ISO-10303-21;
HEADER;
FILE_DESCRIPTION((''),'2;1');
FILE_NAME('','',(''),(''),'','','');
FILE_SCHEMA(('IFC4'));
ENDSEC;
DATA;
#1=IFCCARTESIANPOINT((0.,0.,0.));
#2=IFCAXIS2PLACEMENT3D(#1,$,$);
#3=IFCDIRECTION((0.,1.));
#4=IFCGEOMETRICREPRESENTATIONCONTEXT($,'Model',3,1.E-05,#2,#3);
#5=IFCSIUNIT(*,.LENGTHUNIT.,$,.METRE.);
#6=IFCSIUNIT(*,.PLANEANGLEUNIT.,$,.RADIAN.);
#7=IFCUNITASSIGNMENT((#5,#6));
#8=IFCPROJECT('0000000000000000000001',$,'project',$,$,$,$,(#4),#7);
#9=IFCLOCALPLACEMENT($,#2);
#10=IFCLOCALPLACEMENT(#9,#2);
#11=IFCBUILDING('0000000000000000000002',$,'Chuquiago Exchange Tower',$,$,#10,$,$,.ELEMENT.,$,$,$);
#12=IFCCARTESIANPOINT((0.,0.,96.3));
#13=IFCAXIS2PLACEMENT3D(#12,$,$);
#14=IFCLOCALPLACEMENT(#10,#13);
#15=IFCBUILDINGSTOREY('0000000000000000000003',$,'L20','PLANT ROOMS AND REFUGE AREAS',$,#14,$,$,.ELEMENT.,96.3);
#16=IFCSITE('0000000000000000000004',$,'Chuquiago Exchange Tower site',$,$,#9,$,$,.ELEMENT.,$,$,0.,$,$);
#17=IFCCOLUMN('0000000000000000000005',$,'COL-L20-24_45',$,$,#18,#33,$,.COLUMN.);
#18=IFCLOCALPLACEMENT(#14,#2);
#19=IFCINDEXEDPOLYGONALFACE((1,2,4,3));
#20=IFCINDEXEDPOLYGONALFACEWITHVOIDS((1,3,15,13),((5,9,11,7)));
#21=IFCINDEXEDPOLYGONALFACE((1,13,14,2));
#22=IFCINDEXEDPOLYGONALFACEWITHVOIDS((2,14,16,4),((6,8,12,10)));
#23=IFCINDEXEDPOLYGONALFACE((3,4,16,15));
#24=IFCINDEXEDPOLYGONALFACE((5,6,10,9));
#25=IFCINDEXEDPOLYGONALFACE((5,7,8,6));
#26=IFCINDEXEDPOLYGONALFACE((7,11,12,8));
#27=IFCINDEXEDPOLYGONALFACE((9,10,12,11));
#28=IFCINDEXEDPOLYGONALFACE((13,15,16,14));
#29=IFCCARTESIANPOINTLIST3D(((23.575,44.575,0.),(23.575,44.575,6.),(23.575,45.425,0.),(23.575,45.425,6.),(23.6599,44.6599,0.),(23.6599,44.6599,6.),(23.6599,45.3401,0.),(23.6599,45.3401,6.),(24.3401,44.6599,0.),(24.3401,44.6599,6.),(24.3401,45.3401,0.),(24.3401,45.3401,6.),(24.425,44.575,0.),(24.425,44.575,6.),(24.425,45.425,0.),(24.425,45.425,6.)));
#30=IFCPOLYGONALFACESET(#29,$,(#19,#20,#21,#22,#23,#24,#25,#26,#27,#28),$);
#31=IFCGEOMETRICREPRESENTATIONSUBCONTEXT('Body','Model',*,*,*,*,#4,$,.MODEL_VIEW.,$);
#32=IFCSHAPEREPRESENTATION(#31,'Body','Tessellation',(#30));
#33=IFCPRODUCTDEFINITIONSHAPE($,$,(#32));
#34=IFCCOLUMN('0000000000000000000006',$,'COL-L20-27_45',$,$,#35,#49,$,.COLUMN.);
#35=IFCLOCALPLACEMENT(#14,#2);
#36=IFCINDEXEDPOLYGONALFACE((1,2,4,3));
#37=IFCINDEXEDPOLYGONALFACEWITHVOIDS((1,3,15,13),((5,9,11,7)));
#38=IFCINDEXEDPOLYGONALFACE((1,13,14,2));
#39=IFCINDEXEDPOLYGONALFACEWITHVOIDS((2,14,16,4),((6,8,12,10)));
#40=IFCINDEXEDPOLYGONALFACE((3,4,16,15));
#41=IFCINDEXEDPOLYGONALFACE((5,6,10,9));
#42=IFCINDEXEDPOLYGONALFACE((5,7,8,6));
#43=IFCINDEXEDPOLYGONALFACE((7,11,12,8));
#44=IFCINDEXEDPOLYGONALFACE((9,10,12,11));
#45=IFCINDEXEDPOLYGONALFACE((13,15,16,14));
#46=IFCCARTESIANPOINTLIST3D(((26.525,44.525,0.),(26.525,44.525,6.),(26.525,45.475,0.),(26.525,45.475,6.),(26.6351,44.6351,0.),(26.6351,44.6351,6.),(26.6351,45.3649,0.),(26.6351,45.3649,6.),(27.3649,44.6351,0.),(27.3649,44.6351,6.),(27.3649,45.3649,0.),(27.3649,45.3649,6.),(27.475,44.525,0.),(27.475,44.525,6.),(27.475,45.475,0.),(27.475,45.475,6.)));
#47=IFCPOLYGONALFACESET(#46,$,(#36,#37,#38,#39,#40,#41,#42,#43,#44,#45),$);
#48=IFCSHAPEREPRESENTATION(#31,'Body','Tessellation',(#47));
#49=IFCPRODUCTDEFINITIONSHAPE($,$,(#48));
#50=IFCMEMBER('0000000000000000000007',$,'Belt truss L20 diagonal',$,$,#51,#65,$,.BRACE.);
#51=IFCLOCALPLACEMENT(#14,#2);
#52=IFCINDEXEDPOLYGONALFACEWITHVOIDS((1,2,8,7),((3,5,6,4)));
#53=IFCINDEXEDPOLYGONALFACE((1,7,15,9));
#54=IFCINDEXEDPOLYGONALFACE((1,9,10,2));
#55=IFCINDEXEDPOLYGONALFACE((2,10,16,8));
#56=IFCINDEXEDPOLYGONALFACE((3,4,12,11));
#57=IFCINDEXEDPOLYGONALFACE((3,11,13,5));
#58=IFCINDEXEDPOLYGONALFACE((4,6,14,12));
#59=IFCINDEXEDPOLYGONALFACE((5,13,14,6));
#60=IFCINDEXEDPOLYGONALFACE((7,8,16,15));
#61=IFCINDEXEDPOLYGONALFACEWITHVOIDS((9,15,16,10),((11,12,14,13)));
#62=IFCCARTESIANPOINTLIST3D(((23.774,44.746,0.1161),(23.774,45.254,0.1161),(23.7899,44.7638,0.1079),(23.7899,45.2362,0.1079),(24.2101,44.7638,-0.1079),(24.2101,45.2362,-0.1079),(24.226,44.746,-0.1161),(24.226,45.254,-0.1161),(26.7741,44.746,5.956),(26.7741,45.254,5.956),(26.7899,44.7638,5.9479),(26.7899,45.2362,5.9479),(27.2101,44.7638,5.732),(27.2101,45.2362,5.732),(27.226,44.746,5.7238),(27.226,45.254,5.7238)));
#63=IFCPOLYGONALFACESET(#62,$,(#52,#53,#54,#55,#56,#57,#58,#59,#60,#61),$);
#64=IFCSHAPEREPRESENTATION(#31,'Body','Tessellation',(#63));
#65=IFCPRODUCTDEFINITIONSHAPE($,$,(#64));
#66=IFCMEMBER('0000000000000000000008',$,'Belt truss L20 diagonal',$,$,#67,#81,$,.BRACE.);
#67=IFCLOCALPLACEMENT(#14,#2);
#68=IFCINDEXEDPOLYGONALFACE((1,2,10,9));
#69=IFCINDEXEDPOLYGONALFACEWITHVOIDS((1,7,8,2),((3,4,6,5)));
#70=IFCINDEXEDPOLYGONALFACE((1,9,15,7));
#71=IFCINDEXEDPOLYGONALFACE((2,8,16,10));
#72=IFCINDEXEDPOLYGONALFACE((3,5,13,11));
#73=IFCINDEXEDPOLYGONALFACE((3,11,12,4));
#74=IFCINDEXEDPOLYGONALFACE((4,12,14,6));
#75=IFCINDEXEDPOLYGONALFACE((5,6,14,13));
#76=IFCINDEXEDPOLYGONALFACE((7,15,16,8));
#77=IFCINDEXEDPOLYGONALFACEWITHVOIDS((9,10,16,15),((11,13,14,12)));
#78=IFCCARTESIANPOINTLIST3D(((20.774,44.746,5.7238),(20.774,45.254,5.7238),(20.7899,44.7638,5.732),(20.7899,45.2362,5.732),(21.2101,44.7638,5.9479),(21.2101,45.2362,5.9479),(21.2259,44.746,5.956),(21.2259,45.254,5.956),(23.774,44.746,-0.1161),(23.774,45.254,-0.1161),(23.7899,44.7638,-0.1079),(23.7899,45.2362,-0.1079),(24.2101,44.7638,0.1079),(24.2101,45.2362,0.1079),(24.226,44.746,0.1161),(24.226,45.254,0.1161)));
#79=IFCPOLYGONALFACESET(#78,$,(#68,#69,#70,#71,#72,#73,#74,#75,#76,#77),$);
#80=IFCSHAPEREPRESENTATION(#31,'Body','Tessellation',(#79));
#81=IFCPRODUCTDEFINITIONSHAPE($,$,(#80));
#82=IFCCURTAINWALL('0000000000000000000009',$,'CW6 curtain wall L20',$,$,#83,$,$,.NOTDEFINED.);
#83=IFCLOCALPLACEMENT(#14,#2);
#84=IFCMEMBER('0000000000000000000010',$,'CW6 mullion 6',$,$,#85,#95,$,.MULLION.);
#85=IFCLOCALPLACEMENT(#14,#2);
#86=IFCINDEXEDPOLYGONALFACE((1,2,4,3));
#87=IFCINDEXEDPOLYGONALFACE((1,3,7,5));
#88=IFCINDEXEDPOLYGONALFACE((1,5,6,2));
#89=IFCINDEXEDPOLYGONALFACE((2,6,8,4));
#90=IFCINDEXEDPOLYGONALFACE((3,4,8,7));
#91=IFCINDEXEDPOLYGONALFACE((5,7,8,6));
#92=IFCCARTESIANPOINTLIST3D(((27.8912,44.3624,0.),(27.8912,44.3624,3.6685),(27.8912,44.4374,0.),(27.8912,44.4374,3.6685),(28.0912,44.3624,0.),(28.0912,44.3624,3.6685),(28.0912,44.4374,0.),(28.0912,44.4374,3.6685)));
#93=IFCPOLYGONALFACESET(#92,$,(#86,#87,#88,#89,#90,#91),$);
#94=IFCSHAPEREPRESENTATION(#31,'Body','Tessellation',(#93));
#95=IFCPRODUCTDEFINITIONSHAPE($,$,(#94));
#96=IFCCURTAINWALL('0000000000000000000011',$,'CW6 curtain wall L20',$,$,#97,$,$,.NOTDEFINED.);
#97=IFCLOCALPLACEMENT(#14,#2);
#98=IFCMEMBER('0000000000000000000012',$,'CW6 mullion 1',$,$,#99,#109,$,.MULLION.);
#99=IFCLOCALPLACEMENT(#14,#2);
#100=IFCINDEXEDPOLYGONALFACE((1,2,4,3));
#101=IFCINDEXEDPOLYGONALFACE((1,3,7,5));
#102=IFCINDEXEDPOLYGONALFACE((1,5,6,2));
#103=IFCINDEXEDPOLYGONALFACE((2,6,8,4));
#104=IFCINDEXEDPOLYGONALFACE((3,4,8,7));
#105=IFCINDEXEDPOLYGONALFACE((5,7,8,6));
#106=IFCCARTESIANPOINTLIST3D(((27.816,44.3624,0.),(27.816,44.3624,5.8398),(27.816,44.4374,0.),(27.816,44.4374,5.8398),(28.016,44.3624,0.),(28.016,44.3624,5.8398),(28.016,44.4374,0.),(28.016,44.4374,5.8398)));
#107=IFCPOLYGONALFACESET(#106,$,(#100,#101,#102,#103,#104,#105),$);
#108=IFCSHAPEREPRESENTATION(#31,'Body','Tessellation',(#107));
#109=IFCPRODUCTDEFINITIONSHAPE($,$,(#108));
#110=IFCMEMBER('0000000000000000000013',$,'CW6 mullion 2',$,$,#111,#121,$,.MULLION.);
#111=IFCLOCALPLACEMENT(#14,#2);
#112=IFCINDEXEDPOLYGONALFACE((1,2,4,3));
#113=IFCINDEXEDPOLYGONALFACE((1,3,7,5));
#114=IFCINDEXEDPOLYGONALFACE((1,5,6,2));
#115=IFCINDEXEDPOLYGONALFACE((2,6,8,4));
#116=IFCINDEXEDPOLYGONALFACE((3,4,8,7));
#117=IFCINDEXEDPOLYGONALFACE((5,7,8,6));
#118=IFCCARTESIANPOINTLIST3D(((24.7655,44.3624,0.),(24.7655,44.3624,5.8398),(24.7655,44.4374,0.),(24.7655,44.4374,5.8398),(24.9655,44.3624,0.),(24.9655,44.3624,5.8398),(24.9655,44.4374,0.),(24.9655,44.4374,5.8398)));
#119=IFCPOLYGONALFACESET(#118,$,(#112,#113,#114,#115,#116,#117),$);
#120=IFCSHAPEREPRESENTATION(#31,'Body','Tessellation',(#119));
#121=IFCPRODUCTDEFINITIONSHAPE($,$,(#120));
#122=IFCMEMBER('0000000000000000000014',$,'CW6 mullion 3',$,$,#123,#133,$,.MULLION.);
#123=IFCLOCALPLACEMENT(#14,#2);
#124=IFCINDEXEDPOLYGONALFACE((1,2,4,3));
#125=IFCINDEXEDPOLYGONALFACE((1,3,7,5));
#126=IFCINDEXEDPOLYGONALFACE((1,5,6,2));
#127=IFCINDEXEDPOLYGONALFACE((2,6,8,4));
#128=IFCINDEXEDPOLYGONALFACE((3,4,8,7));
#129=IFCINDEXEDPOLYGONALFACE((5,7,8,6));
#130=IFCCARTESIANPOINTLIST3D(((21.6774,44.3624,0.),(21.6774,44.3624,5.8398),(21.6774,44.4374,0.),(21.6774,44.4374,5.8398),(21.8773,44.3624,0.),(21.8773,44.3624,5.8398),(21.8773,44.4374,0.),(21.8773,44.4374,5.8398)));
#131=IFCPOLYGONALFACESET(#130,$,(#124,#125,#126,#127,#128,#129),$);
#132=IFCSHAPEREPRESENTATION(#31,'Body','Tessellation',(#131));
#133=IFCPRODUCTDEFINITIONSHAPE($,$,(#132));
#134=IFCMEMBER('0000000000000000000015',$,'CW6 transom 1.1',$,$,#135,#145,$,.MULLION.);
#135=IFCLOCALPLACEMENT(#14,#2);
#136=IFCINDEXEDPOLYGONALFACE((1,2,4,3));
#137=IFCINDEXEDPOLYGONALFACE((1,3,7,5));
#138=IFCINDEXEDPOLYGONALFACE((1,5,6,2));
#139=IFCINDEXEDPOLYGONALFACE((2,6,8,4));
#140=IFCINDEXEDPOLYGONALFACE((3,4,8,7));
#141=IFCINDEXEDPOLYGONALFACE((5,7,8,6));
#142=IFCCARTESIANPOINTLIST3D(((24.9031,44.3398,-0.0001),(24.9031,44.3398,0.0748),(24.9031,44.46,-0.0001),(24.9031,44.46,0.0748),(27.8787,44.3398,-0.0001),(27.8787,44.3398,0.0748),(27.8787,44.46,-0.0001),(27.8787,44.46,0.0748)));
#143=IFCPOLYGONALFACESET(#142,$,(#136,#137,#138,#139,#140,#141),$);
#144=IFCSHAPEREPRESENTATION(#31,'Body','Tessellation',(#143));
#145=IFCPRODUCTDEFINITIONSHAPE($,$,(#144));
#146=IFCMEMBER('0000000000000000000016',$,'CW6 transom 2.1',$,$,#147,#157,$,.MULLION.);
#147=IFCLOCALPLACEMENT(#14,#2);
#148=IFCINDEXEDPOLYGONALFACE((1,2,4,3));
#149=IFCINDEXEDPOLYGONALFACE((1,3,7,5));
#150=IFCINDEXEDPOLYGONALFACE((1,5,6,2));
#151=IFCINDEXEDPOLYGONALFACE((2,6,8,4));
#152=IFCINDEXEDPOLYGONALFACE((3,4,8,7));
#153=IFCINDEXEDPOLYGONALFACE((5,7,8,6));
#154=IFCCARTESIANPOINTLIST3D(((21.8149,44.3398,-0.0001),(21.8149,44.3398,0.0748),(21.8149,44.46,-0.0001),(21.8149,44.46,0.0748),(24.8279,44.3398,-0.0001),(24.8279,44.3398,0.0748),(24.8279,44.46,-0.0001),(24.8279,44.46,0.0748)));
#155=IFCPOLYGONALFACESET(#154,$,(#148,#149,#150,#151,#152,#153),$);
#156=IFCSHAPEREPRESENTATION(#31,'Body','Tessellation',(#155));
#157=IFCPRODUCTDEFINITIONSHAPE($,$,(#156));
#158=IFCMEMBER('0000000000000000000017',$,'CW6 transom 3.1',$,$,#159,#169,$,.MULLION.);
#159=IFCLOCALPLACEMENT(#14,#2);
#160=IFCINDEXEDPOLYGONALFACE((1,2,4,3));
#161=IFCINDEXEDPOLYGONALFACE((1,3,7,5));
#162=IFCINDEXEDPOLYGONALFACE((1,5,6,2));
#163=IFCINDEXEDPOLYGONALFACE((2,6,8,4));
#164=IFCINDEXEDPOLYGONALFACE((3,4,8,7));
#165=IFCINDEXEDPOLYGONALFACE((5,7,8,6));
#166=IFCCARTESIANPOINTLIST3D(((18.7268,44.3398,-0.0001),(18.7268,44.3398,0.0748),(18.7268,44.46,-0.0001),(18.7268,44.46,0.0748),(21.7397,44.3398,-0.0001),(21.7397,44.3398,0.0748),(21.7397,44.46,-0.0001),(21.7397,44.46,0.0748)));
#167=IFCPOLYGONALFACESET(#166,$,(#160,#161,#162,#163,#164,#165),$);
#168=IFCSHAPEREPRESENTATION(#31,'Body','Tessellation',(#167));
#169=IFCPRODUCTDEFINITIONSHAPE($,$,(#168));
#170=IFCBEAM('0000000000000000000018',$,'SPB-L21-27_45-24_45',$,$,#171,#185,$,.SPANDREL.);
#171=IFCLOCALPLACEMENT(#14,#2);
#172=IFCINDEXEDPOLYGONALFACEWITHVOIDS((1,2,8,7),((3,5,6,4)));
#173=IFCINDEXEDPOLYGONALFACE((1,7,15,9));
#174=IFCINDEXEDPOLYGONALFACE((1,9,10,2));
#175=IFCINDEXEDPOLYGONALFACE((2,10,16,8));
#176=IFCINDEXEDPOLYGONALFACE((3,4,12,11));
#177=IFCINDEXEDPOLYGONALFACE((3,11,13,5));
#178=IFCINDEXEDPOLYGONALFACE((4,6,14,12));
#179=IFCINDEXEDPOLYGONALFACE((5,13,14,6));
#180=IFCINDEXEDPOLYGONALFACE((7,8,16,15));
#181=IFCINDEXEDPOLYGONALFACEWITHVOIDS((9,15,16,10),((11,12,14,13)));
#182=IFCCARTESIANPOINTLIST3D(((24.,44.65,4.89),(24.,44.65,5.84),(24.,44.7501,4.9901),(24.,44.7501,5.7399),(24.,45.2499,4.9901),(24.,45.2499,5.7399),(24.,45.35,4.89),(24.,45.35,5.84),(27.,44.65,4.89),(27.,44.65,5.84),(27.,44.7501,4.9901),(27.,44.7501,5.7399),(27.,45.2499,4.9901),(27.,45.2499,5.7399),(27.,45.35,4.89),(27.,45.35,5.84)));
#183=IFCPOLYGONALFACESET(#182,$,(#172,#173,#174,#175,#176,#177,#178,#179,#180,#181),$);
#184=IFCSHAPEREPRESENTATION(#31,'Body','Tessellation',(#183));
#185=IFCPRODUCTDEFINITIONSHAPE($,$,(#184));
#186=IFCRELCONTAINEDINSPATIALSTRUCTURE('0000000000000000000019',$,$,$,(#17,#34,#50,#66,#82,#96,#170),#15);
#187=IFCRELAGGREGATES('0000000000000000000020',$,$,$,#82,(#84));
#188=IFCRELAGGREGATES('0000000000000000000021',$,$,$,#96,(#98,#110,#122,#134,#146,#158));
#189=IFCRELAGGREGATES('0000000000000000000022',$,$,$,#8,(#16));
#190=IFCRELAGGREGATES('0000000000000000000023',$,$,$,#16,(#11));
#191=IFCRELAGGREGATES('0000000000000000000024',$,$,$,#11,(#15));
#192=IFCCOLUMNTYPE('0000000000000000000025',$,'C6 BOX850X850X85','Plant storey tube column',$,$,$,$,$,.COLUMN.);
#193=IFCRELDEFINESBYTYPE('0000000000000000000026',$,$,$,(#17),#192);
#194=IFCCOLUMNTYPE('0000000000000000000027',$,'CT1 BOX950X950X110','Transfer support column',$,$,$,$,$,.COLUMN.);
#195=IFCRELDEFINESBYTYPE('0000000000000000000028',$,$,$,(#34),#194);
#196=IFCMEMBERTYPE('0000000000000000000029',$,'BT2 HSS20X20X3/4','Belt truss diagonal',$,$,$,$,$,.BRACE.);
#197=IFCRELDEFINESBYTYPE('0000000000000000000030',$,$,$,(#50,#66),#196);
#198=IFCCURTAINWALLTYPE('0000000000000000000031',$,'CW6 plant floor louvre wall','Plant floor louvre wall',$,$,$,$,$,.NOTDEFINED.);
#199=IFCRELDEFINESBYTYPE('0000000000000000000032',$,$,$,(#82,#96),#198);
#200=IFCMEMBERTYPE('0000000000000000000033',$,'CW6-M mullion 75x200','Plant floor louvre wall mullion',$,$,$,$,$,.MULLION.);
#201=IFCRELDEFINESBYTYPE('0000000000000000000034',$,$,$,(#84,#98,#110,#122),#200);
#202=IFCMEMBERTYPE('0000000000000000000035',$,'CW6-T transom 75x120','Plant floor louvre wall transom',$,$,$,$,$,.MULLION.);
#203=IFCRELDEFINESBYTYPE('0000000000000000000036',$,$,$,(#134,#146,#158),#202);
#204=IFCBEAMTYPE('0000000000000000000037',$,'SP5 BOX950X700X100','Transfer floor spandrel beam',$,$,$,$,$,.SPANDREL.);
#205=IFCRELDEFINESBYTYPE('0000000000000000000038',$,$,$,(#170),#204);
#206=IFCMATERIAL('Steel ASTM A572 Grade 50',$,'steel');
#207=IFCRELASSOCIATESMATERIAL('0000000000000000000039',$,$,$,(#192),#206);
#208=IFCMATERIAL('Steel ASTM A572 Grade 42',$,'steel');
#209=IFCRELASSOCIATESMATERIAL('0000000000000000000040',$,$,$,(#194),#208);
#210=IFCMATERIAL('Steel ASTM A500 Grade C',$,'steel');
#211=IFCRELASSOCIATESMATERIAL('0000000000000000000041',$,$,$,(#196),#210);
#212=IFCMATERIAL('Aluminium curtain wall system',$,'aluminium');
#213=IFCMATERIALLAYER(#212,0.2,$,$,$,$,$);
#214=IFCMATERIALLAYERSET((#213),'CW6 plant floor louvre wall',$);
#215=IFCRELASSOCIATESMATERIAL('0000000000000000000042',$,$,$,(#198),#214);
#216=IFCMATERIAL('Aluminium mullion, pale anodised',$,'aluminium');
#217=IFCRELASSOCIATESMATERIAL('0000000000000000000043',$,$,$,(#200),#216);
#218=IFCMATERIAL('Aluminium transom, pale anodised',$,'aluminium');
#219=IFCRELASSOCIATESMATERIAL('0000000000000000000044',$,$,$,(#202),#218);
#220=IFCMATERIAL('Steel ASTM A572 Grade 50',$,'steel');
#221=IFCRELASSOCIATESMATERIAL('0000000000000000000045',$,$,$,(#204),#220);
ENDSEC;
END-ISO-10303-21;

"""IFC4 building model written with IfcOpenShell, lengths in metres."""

from ifc_helpers import new_model, si_unit, direction, frame, origin, origin_2d, place, context, subcontext, project, spatial, rectangle, hollow_rectangle, extrude, material, layer, layer_set, material_profile, profile_set, type_object, element, aggregate, save


model = new_model("IFC4")

# Units and contexts
model_context = context("Model", 3, precision=1e-05, world=origin(), true_north=direction((0.0, 1.0)))
body_context = subcontext(model_context, "Body", "Model", "MODEL_VIEW")
ifc_project = project(units=[si_unit("LENGTHUNIT", "METRE"), si_unit("PLANEANGLEUNIT", "RADIAN")], contexts=[model_context])

# Site, building, storey
site_placement = place(None, origin())
site = spatial("IfcSite", under=ifc_project, at=site_placement, Name="Chuquiago Exchange Tower site", CompositionType="ELEMENT", RefElevation=0.0)
building_placement = place(site_placement, origin())
building = spatial("IfcBuilding", under=site, at=building_placement, Name="Chuquiago Exchange Tower", CompositionType="ELEMENT")
storey_placement = place(building_placement, frame((0.0, 0.0, 96.3)))
storey = spatial("IfcBuildingStorey", under=building, at=storey_placement, Name="L20", Description="PLANT ROOMS AND REFUGE AREAS", CompositionType="ELEMENT", Elevation=96.3)

# Columns
ifc_material_1 = material(Name="Steel ASTM A572 Grade 50", Category="steel")
ifc_material_profile_1 = material_profile(ifc_material_1, hollow_rectangle(XDim=0.8501, YDim=0.8501, WallThickness=0.085, at=origin_2d()), Name="BOX850X850X85")
ifc_profile_set_1 = profile_set([ifc_material_profile_1], Name="Steel ASTM A572 Grade 50")
column_type_1 = type_object("IfcColumnType", Name="C6 BOX850X850X85", Description="Plant storey tube column", PredefinedType="COLUMN", material=ifc_profile_set_1)
column_1_placement = place(storey_placement, frame((24.0, 45.0, 0.0), z_axis=(0.0, 0.0, 1.0), x_axis=(0.0, 1.0, 0.0)))
element("IfcColumn", 1, at=column_1_placement, inside=storey, type_object=column_type_1, Name="COL-L20-24_45", PredefinedType="COLUMN", context=body_context, shape_type="SweptSolid", body=[
    extrude(hollow_rectangle(XDim=0.8501, YDim=0.8501, WallThickness=0.085, at=origin_2d()), origin(), (0.0, 0.0, 1.0), 6.0),
])
ifc_material_2 = material(Name="Steel ASTM A572 Grade 42", Category="steel")
ifc_material_profile_2 = material_profile(ifc_material_2, hollow_rectangle(XDim=0.95, YDim=0.95, WallThickness=0.1101, at=origin_2d()), Name="BOX950X950X110")
ifc_profile_set_2 = profile_set([ifc_material_profile_2], Name="Steel ASTM A572 Grade 42")
column_type_2 = type_object("IfcColumnType", Name="CT1 BOX950X950X110", Description="Transfer support column", PredefinedType="COLUMN", material=ifc_profile_set_2)
column_2_placement = place(storey_placement, frame((27.0, 45.0, 0.0), z_axis=(0.0, 0.0, 1.0), x_axis=(0.0, 1.0, 0.0)))
element("IfcColumn", 2, at=column_2_placement, inside=storey, type_object=column_type_2, Name="COL-L20-27_45", PredefinedType="COLUMN", context=body_context, shape_type="SweptSolid", body=[
    extrude(hollow_rectangle(XDim=0.95, YDim=0.95, WallThickness=0.1101, at=origin_2d()), origin(), (0.0, 0.0, 1.0), 6.0),
])

# Members
ifc_material_3 = material(Name="Steel ASTM A500 Grade C", Category="steel")
ifc_material_profile_3 = material_profile(ifc_material_3, hollow_rectangle(XDim=0.5081, YDim=0.5081, WallThickness=0.0178, at=origin_2d()), Name="HSS20X20X3/4")
ifc_profile_set_3 = profile_set([ifc_material_profile_3], Name="Steel ASTM A500 Grade C")
member_type_1 = type_object("IfcMemberType", Name="BT2 HSS20X20X3/4", Description="Belt truss diagonal", PredefinedType="BRACE", material=ifc_profile_set_3)
for number, where, z_axis, x_axis, name in (
    (3, (24.0, 45.0, 0.0), (0.456945, 0.0, 0.889495), (0.0, 1.0, 0.0), "Belt truss L20 diagonal"),
    (4, (24.0, 45.0, 0.0), (-0.456945, 0.0, 0.889495), (0.0, -1.0, 0.0), "Belt truss L20 diagonal"),
):
    element("IfcMember", number, at=place(storey_placement, frame(where, z_axis=z_axis, x_axis=x_axis)), inside=storey, type_object=member_type_1, Name=name, PredefinedType="BRACE", context=body_context, shape_type="SweptSolid", body=[
        extrude(hollow_rectangle(XDim=0.5081, YDim=0.5081, WallThickness=0.0178, at=origin_2d()), origin(), (0.0, 0.0, 1.0), 6.5654),
    ])

# Curtain wall, member
ifc_material_4 = material(Name="Aluminium curtain wall system", Category="aluminium")
ifc_layer_1 = layer(ifc_material_4, 0.2)
ifc_layer_set_1 = layer_set([ifc_layer_1], Name="CW6 plant floor louvre wall")
curtain_wall_type = type_object("IfcCurtainWallType", Name="CW6 plant floor louvre wall", Description="Plant floor louvre wall", PredefinedType="NOTDEFINED", material=ifc_layer_set_1)
curtain_wall_1_placement = place(storey_placement, origin())
curtain_wall_1 = element("IfcCurtainWall", 5, at=curtain_wall_1_placement, inside=storey, type_object=curtain_wall_type, Name="CW6 curtain wall L20", PredefinedType="NOTDEFINED")
ifc_material_5 = material(Name="Aluminium mullion, pale anodised", Category="aluminium")
ifc_material_profile_4 = material_profile(ifc_material_5, rectangle(XDim=0.075, YDim=0.2, at=origin_2d()), Name="AL 75x200")
ifc_profile_set_4 = profile_set([ifc_material_profile_4], Name="Aluminium mullion, pale anodised")
member_type_2 = type_object("IfcMemberType", Name="CW6-M mullion 75x200", Description="Plant floor louvre wall mullion", PredefinedType="MULLION", material=ifc_profile_set_4)
member_1_placement = place(storey_placement, frame((27.9912, 44.3999, 0.0), z_axis=(0.0, 0.0, 1.0), x_axis=(0.0, -1.0, 0.0)))
member_1 = element("IfcMember", 6, at=member_1_placement, type_object=member_type_2, Name="CW6 mullion 6", PredefinedType="MULLION", context=body_context, shape_type="SweptSolid", body=[
    extrude(rectangle(XDim=0.075, YDim=0.2, at=origin_2d()), origin(), (0.0, 0.0, 1.0), 3.6685),
])

# Curtain wall, members
curtain_wall_2_placement = place(storey_placement, origin())
curtain_wall_2 = element("IfcCurtainWall", 7, at=curtain_wall_2_placement, inside=storey, type_object=curtain_wall_type, Name="CW6 curtain wall L20", PredefinedType="NOTDEFINED")
member_2_placement = place(storey_placement, frame((27.916, 44.3999, 0.0), z_axis=(0.0, 0.0, 1.0), x_axis=(0.0, -1.0, 0.0)))
member_2 = element("IfcMember", 8, at=member_2_placement, type_object=member_type_2, Name="CW6 mullion 1", PredefinedType="MULLION", context=body_context, shape_type="SweptSolid", body=[
    extrude(rectangle(XDim=0.075, YDim=0.2, at=origin_2d()), origin(), (0.0, 0.0, 1.0), 5.8398),
])
member_3_placement = place(storey_placement, frame((24.8655, 44.3999, 0.0), z_axis=(0.0, 0.0, 1.0), x_axis=(0.0, -1.0, 0.0)))
member_3 = element("IfcMember", 9, at=member_3_placement, type_object=member_type_2, Name="CW6 mullion 2", PredefinedType="MULLION", context=body_context, shape_type="SweptSolid", body=[
    extrude(rectangle(XDim=0.075, YDim=0.2, at=origin_2d()), origin(), (0.0, 0.0, 1.0), 5.8398),
])
member_4_placement = place(storey_placement, frame((21.7773, 44.3999, 0.0), z_axis=(0.0, 0.0, 1.0), x_axis=(0.0, -1.0, 0.0)))
member_4 = element("IfcMember", 10, at=member_4_placement, type_object=member_type_2, Name="CW6 mullion 3", PredefinedType="MULLION", context=body_context, shape_type="SweptSolid", body=[
    extrude(rectangle(XDim=0.075, YDim=0.2, at=origin_2d()), origin(), (0.0, 0.0, 1.0), 5.8398),
])
ifc_material_6 = material(Name="Aluminium transom, pale anodised", Category="aluminium")
ifc_material_profile_5 = material_profile(ifc_material_6, rectangle(XDim=0.1201, YDim=0.075, at=origin_2d()), Name="AL 120x75")
ifc_profile_set_5 = profile_set([ifc_material_profile_5], Name="Aluminium transom, pale anodised")
member_type_3 = type_object("IfcMemberType", Name="CW6-T transom 75x120", Description="Plant floor louvre wall transom", PredefinedType="MULLION", material=ifc_profile_set_5)
member_5_placement = place(storey_placement, frame((27.8787, 44.3999, 0.0374), z_axis=(-1.0, 0.0, 0.0), x_axis=(0.0, -1.0, 0.0)))
member_5 = element("IfcMember", 11, at=member_5_placement, type_object=member_type_3, Name="CW6 transom 1.1", PredefinedType="MULLION", context=body_context, shape_type="SweptSolid", body=[
    extrude(rectangle(XDim=0.1201, YDim=0.075, at=origin_2d()), origin(), (0.0, 0.0, 1.0), 2.9756),
])
member_6_placement = place(storey_placement, frame((24.8279, 44.3999, 0.0374), z_axis=(-1.0, 0.0, 0.0), x_axis=(0.0, -1.0, 0.0)))
member_6 = element("IfcMember", 12, at=member_6_placement, type_object=member_type_3, Name="CW6 transom 2.1", PredefinedType="MULLION", context=body_context, shape_type="SweptSolid", body=[
    extrude(rectangle(XDim=0.1201, YDim=0.075, at=origin_2d()), origin(), (0.0, 0.0, 1.0), 3.0129),
])
member_7_placement = place(storey_placement, frame((21.7397, 44.3999, 0.0374), z_axis=(-1.0, 0.0, 0.0), x_axis=(0.0, -1.0, 0.0)))
member_7 = element("IfcMember", 13, at=member_7_placement, type_object=member_type_3, Name="CW6 transom 3.1", PredefinedType="MULLION", context=body_context, shape_type="SweptSolid", body=[
    extrude(rectangle(XDim=0.1201, YDim=0.075, at=origin_2d()), origin(), (0.0, 0.0, 1.0), 3.0129),
])

# Beam
ifc_material_7 = material(Name="Steel ASTM A572 Grade 50", Category="steel")
ifc_material_profile_6 = material_profile(ifc_material_7, hollow_rectangle(XDim=0.7, YDim=0.95, WallThickness=0.1001, at=origin_2d()), Name="BOX950X700X100")
ifc_profile_set_6 = profile_set([ifc_material_profile_6], Name="Steel ASTM A572 Grade 50")
beam_type = type_object("IfcBeamType", Name="SP5 BOX950X700X100", Description="Transfer floor spandrel beam", PredefinedType="SPANDREL", material=ifc_profile_set_6)
for number, where, z_axis, x_axis, name in (
    (14, (27.0, 45.0, 5.365), (-1.0, 0.0, 0.0), (0.0, -1.0, 0.0), "SPB-L21-27_45-24_45"),
):
    element("IfcBeam", number, at=place(storey_placement, frame(where, z_axis=z_axis, x_axis=x_axis)), inside=storey, type_object=beam_type, Name=name, PredefinedType="SPANDREL", context=body_context, shape_type="SweptSolid", body=[
        extrude(hollow_rectangle(XDim=0.7, YDim=0.95, WallThickness=0.1001, at=origin_2d()), origin(), (0.0, 0.0, 1.0), 3.0),
    ])

aggregate(curtain_wall_1, [member_1])
aggregate(curtain_wall_2, [member_2, member_3, member_4, member_5, member_6, member_7])

save(model, "model.ifc")
